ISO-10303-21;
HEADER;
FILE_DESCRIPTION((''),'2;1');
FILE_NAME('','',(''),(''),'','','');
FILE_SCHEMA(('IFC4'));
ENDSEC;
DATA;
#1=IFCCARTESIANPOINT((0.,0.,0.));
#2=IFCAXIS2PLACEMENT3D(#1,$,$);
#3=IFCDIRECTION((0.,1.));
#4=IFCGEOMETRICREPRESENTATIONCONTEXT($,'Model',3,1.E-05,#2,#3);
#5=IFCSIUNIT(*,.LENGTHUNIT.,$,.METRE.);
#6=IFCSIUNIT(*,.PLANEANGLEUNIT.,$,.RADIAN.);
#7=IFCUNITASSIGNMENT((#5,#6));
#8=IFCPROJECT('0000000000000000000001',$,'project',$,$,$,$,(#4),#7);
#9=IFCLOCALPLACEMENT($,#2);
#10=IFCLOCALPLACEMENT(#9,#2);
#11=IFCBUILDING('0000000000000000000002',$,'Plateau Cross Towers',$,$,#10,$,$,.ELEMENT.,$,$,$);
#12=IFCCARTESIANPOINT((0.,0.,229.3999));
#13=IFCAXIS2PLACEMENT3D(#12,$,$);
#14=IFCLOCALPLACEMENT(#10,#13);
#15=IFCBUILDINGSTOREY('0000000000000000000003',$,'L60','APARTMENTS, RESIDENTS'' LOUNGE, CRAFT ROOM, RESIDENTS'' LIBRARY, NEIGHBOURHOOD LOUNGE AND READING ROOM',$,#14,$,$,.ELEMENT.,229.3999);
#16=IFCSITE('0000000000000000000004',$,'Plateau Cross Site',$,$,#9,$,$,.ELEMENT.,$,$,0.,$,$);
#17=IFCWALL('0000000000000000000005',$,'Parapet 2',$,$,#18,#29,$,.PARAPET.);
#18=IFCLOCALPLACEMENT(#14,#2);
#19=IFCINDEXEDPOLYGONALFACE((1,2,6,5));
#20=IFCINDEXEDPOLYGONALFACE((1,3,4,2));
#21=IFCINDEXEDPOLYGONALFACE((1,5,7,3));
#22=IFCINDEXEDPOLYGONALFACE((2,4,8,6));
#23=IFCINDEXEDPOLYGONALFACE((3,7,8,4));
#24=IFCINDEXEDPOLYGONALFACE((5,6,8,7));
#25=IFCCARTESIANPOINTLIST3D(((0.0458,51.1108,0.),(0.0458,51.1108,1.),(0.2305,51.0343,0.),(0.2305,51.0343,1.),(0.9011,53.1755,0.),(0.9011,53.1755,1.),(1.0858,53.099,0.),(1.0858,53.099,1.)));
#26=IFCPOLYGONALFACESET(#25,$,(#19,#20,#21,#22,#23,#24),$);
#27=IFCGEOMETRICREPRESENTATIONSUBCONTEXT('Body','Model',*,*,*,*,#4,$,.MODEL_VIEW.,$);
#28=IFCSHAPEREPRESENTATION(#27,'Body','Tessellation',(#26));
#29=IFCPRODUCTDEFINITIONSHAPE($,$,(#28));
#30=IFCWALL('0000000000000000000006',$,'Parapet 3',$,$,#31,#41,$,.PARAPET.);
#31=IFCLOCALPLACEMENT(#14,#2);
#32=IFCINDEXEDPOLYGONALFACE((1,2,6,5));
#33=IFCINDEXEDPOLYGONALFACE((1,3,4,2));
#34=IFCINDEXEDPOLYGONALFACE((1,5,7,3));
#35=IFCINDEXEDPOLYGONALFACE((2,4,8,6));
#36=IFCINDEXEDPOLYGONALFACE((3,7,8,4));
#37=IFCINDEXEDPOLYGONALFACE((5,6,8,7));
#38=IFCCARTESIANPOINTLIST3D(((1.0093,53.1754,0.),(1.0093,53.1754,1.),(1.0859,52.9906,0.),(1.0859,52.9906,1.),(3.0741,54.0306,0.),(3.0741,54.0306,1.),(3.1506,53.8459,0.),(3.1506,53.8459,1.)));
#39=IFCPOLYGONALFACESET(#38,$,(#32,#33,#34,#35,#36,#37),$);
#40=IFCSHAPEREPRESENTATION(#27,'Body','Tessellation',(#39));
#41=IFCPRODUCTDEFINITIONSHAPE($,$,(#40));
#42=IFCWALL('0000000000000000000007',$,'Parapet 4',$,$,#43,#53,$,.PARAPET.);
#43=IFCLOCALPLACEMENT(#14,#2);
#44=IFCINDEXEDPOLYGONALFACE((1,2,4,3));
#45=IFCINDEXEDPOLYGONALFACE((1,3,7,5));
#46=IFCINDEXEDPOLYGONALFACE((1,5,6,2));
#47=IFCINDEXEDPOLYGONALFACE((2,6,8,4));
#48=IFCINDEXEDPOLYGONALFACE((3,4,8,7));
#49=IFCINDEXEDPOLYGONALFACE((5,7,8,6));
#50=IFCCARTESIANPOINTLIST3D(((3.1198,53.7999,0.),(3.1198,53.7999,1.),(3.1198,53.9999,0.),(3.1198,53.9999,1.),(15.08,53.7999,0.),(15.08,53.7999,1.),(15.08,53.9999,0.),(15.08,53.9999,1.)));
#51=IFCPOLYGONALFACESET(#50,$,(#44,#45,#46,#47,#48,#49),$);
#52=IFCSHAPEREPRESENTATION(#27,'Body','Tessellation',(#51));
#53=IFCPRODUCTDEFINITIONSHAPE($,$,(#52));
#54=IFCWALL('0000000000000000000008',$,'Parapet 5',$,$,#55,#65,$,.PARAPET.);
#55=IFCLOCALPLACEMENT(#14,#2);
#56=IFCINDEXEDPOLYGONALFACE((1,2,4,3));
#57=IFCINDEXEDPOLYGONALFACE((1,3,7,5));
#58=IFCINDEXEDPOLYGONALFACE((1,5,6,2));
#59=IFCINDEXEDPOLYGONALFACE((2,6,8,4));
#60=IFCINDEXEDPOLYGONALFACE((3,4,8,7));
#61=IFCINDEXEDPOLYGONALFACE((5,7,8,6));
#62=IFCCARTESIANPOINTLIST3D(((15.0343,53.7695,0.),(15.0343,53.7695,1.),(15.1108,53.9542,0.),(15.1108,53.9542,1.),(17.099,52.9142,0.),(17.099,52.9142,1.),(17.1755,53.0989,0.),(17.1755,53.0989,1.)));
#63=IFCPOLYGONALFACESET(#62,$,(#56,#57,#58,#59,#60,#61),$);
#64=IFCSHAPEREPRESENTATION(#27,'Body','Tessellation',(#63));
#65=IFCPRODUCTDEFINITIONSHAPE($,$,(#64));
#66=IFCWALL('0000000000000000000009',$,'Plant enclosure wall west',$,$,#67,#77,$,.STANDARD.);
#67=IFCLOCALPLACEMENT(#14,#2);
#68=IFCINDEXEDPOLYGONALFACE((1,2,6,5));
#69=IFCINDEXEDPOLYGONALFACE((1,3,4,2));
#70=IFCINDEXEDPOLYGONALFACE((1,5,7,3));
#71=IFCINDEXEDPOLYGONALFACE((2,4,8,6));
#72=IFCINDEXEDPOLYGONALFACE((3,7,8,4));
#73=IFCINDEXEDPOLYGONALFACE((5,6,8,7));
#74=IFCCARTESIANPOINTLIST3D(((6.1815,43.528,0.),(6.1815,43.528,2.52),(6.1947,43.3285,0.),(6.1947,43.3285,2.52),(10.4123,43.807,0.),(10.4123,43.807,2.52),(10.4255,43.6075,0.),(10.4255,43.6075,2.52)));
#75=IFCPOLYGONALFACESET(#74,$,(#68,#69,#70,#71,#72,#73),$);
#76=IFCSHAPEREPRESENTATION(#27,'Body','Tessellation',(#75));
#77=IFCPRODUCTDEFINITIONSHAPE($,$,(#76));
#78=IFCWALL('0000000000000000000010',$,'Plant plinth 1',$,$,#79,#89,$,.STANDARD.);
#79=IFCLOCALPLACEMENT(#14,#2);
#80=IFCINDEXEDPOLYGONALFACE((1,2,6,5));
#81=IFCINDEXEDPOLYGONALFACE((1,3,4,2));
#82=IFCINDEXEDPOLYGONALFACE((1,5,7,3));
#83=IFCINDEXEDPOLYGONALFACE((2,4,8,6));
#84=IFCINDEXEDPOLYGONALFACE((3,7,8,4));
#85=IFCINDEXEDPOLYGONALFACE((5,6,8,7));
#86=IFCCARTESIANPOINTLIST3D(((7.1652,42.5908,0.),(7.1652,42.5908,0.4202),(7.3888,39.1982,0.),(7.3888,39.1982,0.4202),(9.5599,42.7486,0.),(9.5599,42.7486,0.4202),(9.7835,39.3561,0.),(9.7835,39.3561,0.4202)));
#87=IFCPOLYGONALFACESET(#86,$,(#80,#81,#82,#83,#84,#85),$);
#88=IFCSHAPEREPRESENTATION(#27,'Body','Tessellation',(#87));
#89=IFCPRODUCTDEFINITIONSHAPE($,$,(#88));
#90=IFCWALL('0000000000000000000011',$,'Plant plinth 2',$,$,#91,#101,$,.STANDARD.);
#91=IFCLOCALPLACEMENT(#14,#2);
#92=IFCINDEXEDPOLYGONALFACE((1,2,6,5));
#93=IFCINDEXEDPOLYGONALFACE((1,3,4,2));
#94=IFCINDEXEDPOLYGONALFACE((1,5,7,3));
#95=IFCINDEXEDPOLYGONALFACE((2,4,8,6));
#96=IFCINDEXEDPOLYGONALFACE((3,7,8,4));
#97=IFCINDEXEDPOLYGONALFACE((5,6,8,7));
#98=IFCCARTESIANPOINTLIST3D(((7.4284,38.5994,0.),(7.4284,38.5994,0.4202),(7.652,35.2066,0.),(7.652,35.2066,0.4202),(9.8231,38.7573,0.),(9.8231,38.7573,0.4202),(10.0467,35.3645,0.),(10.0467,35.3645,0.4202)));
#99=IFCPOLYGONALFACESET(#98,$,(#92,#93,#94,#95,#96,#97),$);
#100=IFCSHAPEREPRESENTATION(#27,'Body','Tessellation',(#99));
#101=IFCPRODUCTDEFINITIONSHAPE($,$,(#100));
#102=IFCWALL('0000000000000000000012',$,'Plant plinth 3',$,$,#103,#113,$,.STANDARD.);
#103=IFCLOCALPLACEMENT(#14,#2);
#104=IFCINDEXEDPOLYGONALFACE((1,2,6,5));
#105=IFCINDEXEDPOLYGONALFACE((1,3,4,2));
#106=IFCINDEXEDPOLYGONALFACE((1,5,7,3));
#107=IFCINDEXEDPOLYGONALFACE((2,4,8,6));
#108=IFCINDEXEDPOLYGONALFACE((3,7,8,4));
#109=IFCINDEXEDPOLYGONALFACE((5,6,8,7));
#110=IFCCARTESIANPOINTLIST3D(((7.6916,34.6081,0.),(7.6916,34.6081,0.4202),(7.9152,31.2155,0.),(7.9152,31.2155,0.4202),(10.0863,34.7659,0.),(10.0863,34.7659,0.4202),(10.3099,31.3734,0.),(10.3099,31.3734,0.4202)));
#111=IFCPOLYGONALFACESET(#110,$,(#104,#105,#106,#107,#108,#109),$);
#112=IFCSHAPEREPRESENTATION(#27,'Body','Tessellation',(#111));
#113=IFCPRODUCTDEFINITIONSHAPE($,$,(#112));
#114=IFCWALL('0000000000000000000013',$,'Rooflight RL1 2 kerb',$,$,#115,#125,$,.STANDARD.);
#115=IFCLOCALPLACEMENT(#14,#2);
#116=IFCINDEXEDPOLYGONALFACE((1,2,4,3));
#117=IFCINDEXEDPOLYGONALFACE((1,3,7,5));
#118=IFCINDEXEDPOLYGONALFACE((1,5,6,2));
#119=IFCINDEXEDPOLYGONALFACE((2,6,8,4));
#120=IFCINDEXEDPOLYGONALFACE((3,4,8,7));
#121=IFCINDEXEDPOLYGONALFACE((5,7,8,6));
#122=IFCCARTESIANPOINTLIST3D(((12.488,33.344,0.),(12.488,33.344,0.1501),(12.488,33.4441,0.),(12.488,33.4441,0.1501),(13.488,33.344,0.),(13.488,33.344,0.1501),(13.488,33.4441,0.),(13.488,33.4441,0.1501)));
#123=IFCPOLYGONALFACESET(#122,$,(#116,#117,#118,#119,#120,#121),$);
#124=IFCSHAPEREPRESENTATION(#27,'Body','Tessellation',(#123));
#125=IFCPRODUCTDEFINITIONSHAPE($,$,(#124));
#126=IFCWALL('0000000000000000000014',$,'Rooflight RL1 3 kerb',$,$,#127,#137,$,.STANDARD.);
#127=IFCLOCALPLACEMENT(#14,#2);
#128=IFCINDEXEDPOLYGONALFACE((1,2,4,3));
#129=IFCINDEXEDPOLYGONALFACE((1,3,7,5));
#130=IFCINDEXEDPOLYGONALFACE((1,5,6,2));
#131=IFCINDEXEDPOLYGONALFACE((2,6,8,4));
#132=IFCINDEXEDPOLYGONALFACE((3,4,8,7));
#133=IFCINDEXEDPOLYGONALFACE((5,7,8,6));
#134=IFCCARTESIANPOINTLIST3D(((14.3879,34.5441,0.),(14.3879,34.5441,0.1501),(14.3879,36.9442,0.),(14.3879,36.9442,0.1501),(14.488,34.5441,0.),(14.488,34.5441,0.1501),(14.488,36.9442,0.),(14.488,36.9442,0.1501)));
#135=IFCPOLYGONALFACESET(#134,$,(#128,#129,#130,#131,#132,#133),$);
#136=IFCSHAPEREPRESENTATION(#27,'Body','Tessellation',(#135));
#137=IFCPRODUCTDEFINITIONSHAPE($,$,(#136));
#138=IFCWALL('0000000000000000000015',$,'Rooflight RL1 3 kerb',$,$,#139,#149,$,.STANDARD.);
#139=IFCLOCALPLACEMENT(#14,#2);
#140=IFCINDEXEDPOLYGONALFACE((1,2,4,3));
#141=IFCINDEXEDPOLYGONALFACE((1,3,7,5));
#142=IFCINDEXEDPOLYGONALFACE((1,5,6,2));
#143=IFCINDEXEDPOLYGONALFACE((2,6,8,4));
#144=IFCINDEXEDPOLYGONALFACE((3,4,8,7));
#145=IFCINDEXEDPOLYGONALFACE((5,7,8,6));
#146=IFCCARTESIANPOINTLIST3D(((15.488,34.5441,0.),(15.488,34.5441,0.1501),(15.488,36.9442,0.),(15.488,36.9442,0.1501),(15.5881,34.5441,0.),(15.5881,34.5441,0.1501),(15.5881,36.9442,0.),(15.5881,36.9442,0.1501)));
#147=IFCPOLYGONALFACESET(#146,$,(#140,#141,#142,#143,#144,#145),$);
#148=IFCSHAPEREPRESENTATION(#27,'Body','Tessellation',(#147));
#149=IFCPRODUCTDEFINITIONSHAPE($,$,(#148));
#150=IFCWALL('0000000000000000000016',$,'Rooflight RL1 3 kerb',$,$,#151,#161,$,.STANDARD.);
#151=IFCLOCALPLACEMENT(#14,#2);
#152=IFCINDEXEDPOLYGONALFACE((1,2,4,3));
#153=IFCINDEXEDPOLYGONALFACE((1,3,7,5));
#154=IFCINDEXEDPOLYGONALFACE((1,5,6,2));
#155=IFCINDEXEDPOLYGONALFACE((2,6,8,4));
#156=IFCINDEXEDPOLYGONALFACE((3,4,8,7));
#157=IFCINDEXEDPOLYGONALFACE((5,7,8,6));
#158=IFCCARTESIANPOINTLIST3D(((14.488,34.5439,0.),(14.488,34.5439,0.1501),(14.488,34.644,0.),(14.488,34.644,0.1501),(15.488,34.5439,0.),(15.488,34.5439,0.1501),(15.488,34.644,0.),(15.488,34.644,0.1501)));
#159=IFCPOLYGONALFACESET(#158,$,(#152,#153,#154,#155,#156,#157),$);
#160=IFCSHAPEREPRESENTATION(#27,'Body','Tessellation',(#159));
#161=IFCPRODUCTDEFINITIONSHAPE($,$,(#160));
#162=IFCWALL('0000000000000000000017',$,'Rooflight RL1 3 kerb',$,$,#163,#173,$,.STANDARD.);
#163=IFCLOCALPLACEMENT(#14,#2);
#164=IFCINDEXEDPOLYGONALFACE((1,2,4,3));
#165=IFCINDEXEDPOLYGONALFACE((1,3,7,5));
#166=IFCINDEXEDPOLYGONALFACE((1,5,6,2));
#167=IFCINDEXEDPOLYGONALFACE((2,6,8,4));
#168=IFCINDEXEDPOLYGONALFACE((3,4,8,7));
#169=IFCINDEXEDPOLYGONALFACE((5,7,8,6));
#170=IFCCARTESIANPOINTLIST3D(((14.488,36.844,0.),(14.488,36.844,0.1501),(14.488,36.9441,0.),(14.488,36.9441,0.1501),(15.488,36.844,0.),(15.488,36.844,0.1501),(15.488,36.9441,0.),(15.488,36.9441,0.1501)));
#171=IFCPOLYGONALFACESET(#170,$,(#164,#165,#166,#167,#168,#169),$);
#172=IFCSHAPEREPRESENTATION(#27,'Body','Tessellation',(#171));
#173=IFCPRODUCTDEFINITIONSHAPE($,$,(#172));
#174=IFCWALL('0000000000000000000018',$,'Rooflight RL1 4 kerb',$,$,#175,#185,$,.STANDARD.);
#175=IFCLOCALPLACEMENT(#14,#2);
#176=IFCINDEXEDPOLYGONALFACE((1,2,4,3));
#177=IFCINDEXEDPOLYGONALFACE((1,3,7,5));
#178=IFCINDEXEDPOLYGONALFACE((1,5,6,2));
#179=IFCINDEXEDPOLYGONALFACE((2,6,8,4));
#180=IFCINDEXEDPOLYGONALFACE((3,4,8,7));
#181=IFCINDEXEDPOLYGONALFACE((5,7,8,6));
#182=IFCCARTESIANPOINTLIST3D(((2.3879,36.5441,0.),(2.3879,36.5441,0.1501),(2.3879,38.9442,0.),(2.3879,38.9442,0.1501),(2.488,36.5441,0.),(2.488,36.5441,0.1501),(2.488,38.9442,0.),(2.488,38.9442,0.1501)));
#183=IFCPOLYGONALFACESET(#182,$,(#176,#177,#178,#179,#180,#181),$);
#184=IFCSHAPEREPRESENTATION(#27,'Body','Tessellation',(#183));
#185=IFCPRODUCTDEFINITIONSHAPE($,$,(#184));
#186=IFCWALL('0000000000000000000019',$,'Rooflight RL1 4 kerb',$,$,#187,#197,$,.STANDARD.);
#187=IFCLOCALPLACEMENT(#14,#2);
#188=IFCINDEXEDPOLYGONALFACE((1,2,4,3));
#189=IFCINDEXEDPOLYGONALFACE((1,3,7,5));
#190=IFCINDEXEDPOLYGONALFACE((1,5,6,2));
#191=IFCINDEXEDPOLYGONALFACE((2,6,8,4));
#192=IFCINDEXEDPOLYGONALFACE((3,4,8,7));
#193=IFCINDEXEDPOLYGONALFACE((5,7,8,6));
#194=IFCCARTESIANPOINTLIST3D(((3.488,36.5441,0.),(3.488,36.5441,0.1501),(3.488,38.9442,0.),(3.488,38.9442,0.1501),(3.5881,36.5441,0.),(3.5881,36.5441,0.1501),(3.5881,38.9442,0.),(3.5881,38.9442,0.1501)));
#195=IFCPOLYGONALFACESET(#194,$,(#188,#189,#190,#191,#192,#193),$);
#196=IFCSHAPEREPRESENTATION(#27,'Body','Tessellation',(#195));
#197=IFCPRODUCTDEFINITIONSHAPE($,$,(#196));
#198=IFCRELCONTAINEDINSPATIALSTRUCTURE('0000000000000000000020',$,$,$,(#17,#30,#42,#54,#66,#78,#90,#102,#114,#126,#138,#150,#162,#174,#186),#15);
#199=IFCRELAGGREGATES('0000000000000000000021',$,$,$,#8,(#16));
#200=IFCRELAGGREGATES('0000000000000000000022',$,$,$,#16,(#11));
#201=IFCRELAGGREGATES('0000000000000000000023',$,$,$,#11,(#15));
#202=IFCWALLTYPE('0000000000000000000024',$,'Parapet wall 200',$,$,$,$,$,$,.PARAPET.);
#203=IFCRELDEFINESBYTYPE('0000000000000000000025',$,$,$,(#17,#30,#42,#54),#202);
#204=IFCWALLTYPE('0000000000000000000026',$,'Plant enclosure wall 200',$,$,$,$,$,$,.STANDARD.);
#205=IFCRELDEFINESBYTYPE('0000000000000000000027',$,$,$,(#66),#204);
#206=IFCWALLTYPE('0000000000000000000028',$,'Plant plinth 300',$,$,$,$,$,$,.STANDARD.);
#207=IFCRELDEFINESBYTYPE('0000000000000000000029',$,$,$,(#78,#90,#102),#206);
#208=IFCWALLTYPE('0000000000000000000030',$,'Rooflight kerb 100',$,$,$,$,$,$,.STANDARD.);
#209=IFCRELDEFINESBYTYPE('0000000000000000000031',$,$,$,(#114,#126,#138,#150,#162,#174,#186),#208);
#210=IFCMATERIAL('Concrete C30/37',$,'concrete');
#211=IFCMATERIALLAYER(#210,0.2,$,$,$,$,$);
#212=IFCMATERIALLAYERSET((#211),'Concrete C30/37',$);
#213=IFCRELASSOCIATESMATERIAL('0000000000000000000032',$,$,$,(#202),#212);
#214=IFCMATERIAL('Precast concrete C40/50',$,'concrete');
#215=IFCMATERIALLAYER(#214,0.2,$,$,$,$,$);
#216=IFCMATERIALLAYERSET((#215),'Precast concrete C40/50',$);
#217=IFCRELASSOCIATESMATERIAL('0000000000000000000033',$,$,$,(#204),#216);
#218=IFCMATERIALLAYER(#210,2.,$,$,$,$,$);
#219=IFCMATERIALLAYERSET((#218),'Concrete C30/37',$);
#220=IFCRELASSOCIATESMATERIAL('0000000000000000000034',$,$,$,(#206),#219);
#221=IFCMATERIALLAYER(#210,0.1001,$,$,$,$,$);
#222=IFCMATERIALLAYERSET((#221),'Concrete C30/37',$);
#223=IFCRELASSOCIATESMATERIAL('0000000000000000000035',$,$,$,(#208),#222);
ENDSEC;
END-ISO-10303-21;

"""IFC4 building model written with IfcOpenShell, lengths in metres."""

from ifc_helpers import new_model, si_unit, direction, frame, frame_2d, origin, place, context, subcontext, project, spatial, rectangle, extrude, material, layer, layer_set, type_object, element, save


model = new_model("IFC4")

# Units and contexts
model_context = context("Model", 3, precision=1e-05, world=origin(), true_north=direction((0.0, 1.0)))
body_context = subcontext(model_context, "Body", "Model", "MODEL_VIEW")
ifc_project = project(units=[si_unit("LENGTHUNIT", "METRE"), si_unit("PLANEANGLEUNIT", "RADIAN")], contexts=[model_context])

# Site, building, storey
site_placement = place(None, origin())
site = spatial("IfcSite", under=ifc_project, at=site_placement, Name="Plateau Cross Site", CompositionType="ELEMENT", RefElevation=0.0)
building_placement = place(site_placement, origin())
building = spatial("IfcBuilding", under=site, at=building_placement, Name="Plateau Cross Towers", CompositionType="ELEMENT")
storey_placement = place(building_placement, frame((0.0, 0.0, 229.3999)))
storey = spatial("IfcBuildingStorey", under=building, at=storey_placement, Name="L60", Description="APARTMENTS, RESIDENTS' LOUNGE, CRAFT ROOM, RESIDENTS' LIBRARY, NEIGHBOURHOOD LOUNGE AND READING ROOM", CompositionType="ELEMENT", Elevation=229.3999)

# Walls
ifc_material_1 = material(Name="Concrete C30/37", Category="concrete")
ifc_layer_1 = layer(ifc_material_1, 0.2)
ifc_layer_set_1 = layer_set([ifc_layer_1], Name="Concrete C30/37")
wall_type_1 = type_object("IfcWallType", Name="Parapet wall 200", PredefinedType="PARAPET", material=ifc_layer_set_1)
for number, where, z_axis, x_axis, name in (
    (1, (0.1382, 51.0725, 0.0), (0.0, 0.0, 1.0), (0.382683, 0.92388, 0.0), "Parapet 2"),
    (2, (1.0476, 53.083, 0.0), (0.0, 0.0, 1.0), (0.92388, 0.382683, 0.0), "Parapet 3"),
):
    element("IfcWall", number, at=place(storey_placement, frame(where, z_axis=z_axis, x_axis=x_axis)), inside=storey, type_object=wall_type_1, Name=name, PredefinedType="PARAPET", context=body_context, shape_type="SweptSolid", body=[
        extrude(rectangle(XDim=2.2349, YDim=0.2, at=frame_2d((1.1174, 0.0))), origin(), (0.0, 0.0, 1.0), 1.0),
    ])
wall_1_placement = place(storey_placement, frame((3.1199, 53.8999, 0.0), z_axis=(0.0, 0.0, 1.0), x_axis=(1.0, 0.0, 0.0)))
element("IfcWall", 3, at=wall_1_placement, inside=storey, type_object=wall_type_1, Name="Parapet 4", PredefinedType="PARAPET", context=body_context, shape_type="SweptSolid", body=[
    extrude(rectangle(XDim=11.9602, YDim=0.2, at=frame_2d((5.98, 0.0))), origin(), (0.0, 0.0, 1.0), 1.0),
])
wall_2_placement = place(storey_placement, frame((15.0725, 53.8618, 0.0), z_axis=(0.0, 0.0, 1.0), x_axis=(0.92388, -0.382683, 0.0)))
element("IfcWall", 4, at=wall_2_placement, inside=storey, type_object=wall_type_1, Name="Parapet 5", PredefinedType="PARAPET", context=body_context, shape_type="SweptSolid", body=[
    extrude(rectangle(XDim=2.2349, YDim=0.2, at=frame_2d((1.1174, 0.0))), origin(), (0.0, 0.0, 1.0), 1.0),
])
ifc_material_2 = material(Name="Precast concrete C40/50", Category="concrete")
ifc_layer_2 = layer(ifc_material_2, 0.2)
ifc_layer_set_2 = layer_set([ifc_layer_2], Name="Precast concrete C40/50")
wall_type_2 = type_object("IfcWallType", Name="Plant enclosure wall 200", PredefinedType="STANDARD", material=ifc_layer_set_2)
wall_3_placement = place(storey_placement, frame((6.188, 43.4282, 0.0), z_axis=(0.0, 0.0, 1.0), x_axis=(0.997832, 0.065816, 0.0)))
element("IfcWall", 5, at=wall_3_placement, inside=storey, type_object=wall_type_2, Name="Plant enclosure wall west", PredefinedType="STANDARD", context=body_context, shape_type="SweptSolid", body=[
    extrude(rectangle(XDim=4.24, YDim=0.2, at=frame_2d((2.1201, 0.0))), origin(), (0.0, 0.0, 1.0), 2.52),
])
ifc_layer_3 = layer(ifc_material_1, 2.0)
ifc_layer_set_3 = layer_set([ifc_layer_3], Name="Concrete C30/37")
wall_type_3 = type_object("IfcWallType", Name="Plant plinth 300", PredefinedType="STANDARD", material=ifc_layer_set_3)
wall_4_placement = place(storey_placement, frame((8.3625, 42.6697, 0.0), z_axis=(0.0, 0.0, 1.0), x_axis=(0.065776, -0.997834, 0.0)))
element("IfcWall", 6, at=wall_4_placement, inside=storey, type_object=wall_type_3, Name="Plant plinth 1", PredefinedType="STANDARD", context=body_context, shape_type="SweptSolid", body=[
    extrude(rectangle(XDim=3.3999, YDim=2.3999, at=frame_2d((1.7, 0.0))), origin(), (0.0, 0.0, 1.0), 0.4202),
])
wall_5_placement = place(storey_placement, frame((8.6257, 38.6785, 0.0), z_axis=(0.0, 0.0, 1.0), x_axis=(0.065771, -0.997835, 0.0)))
element("IfcWall", 7, at=wall_5_placement, inside=storey, type_object=wall_type_3, Name="Plant plinth 2", PredefinedType="STANDARD", context=body_context, shape_type="SweptSolid", body=[
    extrude(rectangle(XDim=3.4001, YDim=2.3999, at=frame_2d((1.7002, 0.0))), origin(), (0.0, 0.0, 1.0), 0.4202),
])
wall_6_placement = place(storey_placement, frame((8.8889, 34.687, 0.0), z_axis=(0.0, 0.0, 1.0), x_axis=(0.065776, -0.997834, 0.0)))
element("IfcWall", 8, at=wall_6_placement, inside=storey, type_object=wall_type_3, Name="Plant plinth 3", PredefinedType="STANDARD", context=body_context, shape_type="SweptSolid", body=[
    extrude(rectangle(XDim=3.3999, YDim=2.3999, at=frame_2d((1.7, 0.0))), origin(), (0.0, 0.0, 1.0), 0.4202),
])
ifc_layer_4 = layer(ifc_material_1, 0.1001)
ifc_layer_set_4 = layer_set([ifc_layer_4], Name="Concrete C30/37")
wall_type_4 = type_object("IfcWallType", Name="Rooflight kerb 100", PredefinedType="STANDARD", material=ifc_layer_set_4)
wall_7_placement = place(storey_placement, frame((12.488, 33.394, 0.0), z_axis=(0.0, 0.0, 1.0), x_axis=(1.0, 0.0, 0.0)))
element("IfcWall", 9, at=wall_7_placement, inside=storey, type_object=wall_type_4, Name="Rooflight RL1 2 kerb", PredefinedType="STANDARD", context=body_context, shape_type="SweptSolid", body=[
    extrude(rectangle(XDim=1.0, YDim=0.1001, at=frame_2d((0.5, 0.0))), origin(), (0.0, 0.0, 1.0), 0.1501),
])
for number, where, z_axis, x_axis, name in (
    (10, (14.438, 34.5439, 0.0), (0.0, 0.0, 1.0), (0.0, 1.0, 0.0), "Rooflight RL1 3 kerb"),
    (11, (15.5381, 34.5439, 0.0), (0.0, 0.0, 1.0), (0.0, 1.0, 0.0), "Rooflight RL1 3 kerb"),
):
    element("IfcWall", number, at=place(storey_placement, frame(where, z_axis=z_axis, x_axis=x_axis)), inside=storey, type_object=wall_type_4, Name=name, PredefinedType="STANDARD", context=body_context, shape_type="SweptSolid", body=[
        extrude(rectangle(XDim=2.4001, YDim=0.1001, at=frame_2d((1.2002, 0.0))), origin(), (0.0, 0.0, 1.0), 0.1501),
    ])
for number, where, z_axis, x_axis, name in (
    (12, (14.488, 34.594, 0.0), (0.0, 0.0, 1.0), (1.0, 0.0, 0.0), "Rooflight RL1 3 kerb"),
    (13, (14.488, 36.894, 0.0), (0.0, 0.0, 1.0), (1.0, 0.0, 0.0), "Rooflight RL1 3 kerb"),
):
    element("IfcWall", number, at=place(storey_placement, frame(where, z_axis=z_axis, x_axis=x_axis)), inside=storey, type_object=wall_type_4, Name=name, PredefinedType="STANDARD", context=body_context, shape_type="SweptSolid", body=[
        extrude(rectangle(XDim=1.0, YDim=0.1001, at=frame_2d((0.5, 0.0))), origin(), (0.0, 0.0, 1.0), 0.1501),
    ])
for number, where, z_axis, x_axis, name in (
    (14, (2.438, 36.5439, 0.0), (0.0, 0.0, 1.0), (0.0, 1.0, 0.0), "Rooflight RL1 4 kerb"),
    (15, (3.5381, 36.5439, 0.0), (0.0, 0.0, 1.0), (0.0, 1.0, 0.0), "Rooflight RL1 4 kerb"),
):
    element("IfcWall", number, at=place(storey_placement, frame(where, z_axis=z_axis, x_axis=x_axis)), inside=storey, type_object=wall_type_4, Name=name, PredefinedType="STANDARD", context=body_context, shape_type="SweptSolid", body=[
        extrude(rectangle(XDim=2.4001, YDim=0.1001, at=frame_2d((1.2002, 0.0))), origin(), (0.0, 0.0, 1.0), 0.1501),
    ])

save(model, "model.ifc")
